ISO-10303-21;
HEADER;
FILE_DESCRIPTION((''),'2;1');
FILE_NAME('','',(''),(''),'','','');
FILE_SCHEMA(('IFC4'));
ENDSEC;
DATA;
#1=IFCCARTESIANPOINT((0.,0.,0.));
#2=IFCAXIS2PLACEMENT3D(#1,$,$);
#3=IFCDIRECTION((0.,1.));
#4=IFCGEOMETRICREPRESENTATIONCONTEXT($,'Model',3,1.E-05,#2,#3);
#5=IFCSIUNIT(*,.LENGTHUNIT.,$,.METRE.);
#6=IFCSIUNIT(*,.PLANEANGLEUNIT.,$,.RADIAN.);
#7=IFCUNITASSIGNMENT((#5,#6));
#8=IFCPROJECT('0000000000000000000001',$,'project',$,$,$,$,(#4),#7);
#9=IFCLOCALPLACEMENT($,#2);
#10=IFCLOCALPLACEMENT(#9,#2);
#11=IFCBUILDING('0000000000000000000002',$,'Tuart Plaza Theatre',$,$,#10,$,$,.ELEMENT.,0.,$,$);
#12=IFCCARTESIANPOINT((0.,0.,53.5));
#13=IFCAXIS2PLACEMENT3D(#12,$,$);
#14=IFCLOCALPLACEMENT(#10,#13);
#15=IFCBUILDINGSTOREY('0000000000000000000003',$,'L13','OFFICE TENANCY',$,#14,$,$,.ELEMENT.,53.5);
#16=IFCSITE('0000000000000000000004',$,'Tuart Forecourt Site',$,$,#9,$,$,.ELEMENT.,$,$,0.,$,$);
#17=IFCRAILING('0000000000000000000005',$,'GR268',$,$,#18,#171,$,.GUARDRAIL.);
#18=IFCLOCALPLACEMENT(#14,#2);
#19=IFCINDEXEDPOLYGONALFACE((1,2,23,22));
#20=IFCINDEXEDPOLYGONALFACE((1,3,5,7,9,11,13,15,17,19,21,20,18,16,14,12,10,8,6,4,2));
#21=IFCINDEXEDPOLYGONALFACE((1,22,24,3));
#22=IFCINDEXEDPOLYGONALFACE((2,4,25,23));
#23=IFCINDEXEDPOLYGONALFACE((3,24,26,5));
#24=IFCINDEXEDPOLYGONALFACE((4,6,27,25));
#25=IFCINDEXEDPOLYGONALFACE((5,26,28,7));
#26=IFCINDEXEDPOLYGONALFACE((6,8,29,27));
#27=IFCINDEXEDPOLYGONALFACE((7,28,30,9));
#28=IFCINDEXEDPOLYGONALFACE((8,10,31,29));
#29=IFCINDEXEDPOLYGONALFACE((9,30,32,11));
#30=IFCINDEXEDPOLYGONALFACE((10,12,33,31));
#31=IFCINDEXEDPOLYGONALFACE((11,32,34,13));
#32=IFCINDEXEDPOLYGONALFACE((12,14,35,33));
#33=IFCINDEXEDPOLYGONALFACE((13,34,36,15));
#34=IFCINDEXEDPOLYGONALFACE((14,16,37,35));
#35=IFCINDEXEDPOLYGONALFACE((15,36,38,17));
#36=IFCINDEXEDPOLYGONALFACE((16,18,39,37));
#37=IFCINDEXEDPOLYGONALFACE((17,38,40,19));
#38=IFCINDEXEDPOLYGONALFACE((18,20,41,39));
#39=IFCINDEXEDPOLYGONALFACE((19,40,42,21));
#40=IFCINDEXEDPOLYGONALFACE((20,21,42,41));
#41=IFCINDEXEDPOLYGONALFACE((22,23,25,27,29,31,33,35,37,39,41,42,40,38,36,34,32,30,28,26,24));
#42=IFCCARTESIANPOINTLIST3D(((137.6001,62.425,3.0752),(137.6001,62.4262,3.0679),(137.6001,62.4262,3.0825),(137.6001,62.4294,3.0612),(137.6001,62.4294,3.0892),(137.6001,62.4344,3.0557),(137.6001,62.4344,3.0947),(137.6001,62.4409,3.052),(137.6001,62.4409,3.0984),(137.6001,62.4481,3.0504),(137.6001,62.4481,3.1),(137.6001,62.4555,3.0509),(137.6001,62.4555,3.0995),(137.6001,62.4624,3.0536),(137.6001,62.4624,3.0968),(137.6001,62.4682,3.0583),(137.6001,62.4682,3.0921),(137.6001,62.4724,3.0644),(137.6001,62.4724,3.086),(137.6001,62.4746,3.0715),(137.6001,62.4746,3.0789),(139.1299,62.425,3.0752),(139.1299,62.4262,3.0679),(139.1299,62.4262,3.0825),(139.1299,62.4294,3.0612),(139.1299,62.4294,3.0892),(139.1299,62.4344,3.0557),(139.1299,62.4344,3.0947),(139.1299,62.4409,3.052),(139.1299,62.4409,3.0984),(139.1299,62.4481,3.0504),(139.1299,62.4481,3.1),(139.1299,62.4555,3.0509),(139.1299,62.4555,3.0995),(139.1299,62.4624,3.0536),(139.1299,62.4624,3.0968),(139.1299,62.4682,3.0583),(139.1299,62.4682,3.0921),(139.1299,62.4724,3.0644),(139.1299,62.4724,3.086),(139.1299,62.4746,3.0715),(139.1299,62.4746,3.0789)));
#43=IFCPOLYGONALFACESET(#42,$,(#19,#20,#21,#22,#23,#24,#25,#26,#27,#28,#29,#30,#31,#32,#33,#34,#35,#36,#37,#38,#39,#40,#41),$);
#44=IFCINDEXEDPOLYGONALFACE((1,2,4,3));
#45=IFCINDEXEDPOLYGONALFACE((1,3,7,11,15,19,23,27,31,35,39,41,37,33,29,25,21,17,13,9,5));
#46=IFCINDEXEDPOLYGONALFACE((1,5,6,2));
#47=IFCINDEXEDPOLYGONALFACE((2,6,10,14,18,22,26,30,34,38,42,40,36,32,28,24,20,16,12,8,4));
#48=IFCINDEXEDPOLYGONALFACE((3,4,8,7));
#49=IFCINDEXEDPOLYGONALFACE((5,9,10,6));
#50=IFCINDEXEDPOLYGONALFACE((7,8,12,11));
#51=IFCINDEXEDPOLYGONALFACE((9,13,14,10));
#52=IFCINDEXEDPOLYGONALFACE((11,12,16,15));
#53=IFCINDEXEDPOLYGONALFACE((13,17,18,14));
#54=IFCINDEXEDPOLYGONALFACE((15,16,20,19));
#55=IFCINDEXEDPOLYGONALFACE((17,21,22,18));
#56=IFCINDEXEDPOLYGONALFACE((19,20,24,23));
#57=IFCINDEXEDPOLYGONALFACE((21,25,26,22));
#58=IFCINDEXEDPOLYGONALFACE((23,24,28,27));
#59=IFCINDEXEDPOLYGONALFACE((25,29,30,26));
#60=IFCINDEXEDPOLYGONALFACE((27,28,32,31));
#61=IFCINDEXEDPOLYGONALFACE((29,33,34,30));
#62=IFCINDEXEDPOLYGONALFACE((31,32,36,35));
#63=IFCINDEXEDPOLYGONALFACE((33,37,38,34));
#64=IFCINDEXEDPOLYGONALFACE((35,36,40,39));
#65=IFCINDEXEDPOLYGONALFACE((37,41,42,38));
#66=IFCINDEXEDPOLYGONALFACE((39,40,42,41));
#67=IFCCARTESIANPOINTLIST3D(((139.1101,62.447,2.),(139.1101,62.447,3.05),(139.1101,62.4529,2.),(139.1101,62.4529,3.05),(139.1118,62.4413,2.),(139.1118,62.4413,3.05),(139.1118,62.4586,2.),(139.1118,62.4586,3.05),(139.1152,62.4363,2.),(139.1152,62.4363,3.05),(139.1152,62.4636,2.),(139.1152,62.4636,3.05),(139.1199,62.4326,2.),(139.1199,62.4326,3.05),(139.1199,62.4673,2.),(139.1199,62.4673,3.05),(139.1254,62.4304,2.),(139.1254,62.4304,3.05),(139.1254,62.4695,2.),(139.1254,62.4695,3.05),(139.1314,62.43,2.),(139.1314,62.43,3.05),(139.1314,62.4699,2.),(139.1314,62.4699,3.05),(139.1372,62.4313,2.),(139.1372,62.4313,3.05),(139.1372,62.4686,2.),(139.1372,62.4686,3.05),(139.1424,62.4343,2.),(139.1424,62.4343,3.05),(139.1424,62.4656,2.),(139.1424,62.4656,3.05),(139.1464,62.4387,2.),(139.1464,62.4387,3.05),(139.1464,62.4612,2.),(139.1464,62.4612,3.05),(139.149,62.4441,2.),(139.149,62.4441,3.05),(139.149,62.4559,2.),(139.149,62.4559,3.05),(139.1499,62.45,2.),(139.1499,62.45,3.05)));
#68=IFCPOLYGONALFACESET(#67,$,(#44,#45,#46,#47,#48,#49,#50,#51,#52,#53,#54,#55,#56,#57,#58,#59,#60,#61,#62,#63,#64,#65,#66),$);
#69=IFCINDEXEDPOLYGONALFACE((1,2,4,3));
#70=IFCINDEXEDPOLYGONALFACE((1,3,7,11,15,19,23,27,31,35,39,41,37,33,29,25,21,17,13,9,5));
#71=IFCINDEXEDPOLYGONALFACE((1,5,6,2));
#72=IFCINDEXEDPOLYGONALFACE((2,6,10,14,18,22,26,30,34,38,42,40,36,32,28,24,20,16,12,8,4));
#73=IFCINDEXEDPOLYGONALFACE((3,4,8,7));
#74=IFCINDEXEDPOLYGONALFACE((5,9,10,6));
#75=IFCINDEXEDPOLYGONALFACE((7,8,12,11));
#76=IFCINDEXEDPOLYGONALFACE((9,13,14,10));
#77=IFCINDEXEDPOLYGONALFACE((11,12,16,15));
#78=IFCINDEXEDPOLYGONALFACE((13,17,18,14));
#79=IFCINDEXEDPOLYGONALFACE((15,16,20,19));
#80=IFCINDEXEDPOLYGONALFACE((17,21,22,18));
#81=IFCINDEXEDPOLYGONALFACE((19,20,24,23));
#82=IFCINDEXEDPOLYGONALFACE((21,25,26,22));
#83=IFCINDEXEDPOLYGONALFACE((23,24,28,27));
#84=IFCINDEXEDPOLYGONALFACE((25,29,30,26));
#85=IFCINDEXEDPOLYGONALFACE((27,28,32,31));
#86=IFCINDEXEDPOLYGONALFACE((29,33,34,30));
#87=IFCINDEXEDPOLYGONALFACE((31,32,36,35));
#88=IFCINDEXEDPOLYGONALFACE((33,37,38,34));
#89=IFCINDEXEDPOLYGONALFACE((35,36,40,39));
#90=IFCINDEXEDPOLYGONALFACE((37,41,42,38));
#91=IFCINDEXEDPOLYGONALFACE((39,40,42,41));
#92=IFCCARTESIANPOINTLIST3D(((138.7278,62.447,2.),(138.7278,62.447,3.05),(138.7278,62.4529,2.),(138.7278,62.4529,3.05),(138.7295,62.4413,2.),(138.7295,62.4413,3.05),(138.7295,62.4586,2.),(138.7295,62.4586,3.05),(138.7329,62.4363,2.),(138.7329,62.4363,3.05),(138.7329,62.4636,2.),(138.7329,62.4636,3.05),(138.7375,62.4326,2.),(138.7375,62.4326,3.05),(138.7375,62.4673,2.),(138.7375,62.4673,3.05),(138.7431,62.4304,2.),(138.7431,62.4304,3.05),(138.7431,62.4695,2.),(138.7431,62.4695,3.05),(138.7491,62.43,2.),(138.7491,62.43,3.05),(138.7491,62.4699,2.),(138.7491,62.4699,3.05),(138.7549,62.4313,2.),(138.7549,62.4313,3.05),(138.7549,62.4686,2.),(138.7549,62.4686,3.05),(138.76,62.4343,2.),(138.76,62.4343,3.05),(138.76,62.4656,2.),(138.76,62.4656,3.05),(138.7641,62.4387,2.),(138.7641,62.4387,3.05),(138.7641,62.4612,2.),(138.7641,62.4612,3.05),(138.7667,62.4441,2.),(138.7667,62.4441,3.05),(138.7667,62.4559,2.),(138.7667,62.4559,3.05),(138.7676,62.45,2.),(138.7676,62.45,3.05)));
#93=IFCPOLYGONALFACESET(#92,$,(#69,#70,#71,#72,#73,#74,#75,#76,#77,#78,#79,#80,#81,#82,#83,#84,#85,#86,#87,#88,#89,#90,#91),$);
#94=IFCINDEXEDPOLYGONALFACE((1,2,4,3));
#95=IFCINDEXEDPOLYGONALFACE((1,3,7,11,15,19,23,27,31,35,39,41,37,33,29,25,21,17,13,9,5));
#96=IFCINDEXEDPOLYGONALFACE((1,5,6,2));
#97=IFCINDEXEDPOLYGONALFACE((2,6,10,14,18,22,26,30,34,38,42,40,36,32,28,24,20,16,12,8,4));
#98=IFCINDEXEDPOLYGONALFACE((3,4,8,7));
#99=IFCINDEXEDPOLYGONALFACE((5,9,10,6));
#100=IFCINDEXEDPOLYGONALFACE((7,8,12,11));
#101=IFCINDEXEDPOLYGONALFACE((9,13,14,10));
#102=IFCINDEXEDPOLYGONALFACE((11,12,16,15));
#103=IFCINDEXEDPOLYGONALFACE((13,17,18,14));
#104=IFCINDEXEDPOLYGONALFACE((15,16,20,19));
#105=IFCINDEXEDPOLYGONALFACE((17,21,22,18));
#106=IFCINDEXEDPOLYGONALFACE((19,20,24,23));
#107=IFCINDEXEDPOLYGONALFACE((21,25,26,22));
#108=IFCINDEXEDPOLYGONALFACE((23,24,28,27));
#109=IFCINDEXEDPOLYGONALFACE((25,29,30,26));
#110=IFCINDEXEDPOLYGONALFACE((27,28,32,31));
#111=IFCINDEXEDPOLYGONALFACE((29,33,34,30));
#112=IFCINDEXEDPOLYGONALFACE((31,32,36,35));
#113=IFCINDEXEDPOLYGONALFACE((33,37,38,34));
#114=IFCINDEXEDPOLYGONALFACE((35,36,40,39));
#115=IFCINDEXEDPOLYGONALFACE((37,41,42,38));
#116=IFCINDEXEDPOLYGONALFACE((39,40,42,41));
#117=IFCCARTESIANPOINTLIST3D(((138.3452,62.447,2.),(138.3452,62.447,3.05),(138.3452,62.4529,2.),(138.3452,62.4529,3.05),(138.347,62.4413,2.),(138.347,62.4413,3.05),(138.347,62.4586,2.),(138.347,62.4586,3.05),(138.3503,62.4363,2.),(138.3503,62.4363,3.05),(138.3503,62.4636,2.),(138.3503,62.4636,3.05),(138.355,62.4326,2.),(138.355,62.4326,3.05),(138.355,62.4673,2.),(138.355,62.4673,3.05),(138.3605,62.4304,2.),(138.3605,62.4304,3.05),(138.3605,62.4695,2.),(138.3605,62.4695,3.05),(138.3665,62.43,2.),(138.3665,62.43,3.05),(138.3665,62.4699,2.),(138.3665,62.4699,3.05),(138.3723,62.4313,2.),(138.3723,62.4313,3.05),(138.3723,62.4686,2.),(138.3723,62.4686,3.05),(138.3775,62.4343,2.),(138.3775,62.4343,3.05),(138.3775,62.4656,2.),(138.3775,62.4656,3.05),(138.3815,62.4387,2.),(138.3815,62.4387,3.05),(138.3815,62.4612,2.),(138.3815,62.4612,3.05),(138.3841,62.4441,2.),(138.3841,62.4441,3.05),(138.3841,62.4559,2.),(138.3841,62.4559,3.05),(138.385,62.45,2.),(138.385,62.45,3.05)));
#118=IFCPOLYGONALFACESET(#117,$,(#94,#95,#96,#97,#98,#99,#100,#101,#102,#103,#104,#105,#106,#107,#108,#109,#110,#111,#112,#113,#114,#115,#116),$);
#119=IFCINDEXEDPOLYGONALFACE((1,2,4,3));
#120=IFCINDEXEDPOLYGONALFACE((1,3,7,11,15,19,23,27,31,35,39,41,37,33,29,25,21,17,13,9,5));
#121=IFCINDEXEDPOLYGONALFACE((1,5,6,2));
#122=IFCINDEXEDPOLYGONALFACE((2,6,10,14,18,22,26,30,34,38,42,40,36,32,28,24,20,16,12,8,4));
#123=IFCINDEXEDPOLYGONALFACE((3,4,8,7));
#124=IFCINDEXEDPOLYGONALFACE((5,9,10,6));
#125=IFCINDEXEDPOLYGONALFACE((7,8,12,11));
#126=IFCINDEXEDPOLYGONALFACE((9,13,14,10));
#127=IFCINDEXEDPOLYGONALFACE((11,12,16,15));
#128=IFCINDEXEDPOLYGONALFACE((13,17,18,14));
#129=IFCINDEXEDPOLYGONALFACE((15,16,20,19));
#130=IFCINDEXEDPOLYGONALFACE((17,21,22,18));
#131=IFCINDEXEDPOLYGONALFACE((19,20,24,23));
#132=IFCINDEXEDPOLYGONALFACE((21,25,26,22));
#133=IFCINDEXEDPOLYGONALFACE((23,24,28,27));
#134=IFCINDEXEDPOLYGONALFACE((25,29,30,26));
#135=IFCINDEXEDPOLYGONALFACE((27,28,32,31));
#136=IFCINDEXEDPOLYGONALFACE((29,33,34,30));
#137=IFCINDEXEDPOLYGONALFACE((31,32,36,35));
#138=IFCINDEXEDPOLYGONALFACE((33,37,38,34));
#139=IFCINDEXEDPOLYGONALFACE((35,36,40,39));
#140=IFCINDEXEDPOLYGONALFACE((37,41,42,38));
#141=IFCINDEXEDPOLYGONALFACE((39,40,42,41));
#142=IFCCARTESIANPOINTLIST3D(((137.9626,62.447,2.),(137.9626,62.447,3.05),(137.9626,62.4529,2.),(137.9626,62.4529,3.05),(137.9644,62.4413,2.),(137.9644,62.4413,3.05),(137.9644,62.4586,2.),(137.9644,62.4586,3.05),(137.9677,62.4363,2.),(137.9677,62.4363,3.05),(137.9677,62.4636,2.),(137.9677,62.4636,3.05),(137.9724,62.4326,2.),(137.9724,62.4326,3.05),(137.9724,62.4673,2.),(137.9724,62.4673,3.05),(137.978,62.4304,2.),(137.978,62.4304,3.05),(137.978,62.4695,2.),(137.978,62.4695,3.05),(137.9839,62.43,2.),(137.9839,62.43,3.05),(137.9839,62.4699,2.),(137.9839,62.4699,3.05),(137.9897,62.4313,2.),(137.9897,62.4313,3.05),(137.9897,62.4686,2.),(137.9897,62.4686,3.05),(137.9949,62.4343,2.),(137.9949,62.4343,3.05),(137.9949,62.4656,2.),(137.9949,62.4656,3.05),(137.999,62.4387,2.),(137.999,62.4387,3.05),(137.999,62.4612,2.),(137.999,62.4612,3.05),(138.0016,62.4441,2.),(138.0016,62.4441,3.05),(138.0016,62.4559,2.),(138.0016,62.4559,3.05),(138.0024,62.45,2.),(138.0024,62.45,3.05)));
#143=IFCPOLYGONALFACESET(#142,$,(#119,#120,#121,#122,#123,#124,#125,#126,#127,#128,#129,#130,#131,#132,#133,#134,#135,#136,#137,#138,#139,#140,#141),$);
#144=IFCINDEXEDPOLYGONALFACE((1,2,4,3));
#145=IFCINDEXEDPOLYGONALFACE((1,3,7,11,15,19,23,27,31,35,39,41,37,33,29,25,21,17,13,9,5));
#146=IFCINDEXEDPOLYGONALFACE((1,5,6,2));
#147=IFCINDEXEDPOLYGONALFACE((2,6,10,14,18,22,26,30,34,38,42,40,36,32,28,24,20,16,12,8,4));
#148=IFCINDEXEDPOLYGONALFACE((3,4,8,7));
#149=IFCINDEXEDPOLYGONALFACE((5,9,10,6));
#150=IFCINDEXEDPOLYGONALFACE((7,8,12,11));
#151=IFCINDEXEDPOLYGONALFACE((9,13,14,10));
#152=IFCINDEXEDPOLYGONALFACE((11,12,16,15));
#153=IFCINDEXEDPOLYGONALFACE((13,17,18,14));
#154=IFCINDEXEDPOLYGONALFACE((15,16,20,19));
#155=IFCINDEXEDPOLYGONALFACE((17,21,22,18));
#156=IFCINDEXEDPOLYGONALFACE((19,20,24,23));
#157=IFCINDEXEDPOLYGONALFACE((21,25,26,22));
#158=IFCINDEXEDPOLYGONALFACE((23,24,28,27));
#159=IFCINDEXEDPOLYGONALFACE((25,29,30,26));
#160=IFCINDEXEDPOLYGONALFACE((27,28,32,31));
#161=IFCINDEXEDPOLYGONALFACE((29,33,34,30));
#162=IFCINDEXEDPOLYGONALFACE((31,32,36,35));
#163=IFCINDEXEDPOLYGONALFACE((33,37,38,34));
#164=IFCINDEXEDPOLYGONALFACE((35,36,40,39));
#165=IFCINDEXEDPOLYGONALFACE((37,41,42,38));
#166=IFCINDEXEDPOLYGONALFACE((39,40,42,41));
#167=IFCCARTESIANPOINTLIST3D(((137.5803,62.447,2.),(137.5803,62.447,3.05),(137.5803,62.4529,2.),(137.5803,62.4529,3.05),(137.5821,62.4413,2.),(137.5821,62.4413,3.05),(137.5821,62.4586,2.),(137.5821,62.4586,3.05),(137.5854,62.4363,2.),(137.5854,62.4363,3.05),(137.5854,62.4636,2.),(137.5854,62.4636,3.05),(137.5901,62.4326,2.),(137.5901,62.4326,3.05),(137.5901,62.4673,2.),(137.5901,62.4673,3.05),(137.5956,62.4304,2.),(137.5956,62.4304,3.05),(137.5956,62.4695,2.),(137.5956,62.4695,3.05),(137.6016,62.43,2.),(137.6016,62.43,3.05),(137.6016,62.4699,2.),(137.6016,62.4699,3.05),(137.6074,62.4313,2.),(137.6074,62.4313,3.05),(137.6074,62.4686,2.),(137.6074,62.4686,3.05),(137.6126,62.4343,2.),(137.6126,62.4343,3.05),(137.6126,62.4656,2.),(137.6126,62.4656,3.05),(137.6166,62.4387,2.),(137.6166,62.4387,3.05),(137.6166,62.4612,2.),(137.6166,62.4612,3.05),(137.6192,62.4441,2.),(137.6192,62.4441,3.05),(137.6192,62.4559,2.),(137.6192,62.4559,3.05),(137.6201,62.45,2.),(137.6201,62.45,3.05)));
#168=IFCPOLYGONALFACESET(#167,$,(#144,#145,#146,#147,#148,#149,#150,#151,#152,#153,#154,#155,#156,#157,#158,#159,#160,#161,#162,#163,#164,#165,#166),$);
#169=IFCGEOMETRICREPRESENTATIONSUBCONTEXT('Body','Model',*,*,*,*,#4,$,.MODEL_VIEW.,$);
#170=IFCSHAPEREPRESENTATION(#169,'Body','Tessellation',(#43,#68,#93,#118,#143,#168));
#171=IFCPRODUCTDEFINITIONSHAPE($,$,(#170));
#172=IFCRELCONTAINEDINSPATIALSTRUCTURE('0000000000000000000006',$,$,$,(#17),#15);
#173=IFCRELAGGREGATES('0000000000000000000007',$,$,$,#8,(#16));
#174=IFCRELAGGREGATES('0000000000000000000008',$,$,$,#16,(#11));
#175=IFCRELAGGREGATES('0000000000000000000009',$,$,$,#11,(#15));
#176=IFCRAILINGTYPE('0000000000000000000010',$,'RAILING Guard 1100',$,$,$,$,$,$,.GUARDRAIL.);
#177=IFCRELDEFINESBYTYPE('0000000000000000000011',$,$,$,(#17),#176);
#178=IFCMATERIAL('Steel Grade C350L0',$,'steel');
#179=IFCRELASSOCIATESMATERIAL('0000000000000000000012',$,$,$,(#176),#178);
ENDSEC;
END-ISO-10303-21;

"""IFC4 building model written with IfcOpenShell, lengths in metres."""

from ifc_helpers import new_model, si_unit, direction, frame, origin, origin_2d, place, context, subcontext, project, spatial, circle, extrude, material, type_object, element, save


model = new_model("IFC4")

# Units and contexts
model_context = context("Model", 3, precision=1e-05, world=origin(), true_north=direction((0.0, 1.0)))
body_context = subcontext(model_context, "Body", "Model", "MODEL_VIEW")
ifc_project = project(units=[si_unit("LENGTHUNIT", "METRE"), si_unit("PLANEANGLEUNIT", "RADIAN")], contexts=[model_context])

# Site, building, storey
site_placement = place(None, origin())
site = spatial("IfcSite", under=ifc_project, at=site_placement, Name="Tuart Forecourt Site", CompositionType="ELEMENT", RefElevation=0.0)
building_placement = place(site_placement, origin())
building = spatial("IfcBuilding", under=site, at=building_placement, Name="Tuart Plaza Theatre", CompositionType="ELEMENT", ElevationOfRefHeight=0.0)
storey_placement = place(building_placement, frame((0.0, 0.0, 53.5)))
storey = spatial("IfcBuildingStorey", under=building, at=storey_placement, Name="L13", Description="OFFICE TENANCY", CompositionType="ELEMENT", Elevation=53.5)

# Railing
ifc_material_1 = material(Name="Steel Grade C350L0", Category="steel")
railing_type_1 = type_object("IfcRailingType", Name="RAILING Guard 1100", PredefinedType="GUARDRAIL", material=ifc_material_1)
railing_1_placement = place(storey_placement, frame((139.1299, 62.45, 2.0)))
element("IfcRailing", 1, at=railing_1_placement, inside=storey, type_object=railing_type_1, Name="GR268", PredefinedType="GUARDRAIL", context=body_context, shape_type="SweptSolid", body=[
    extrude(circle(Radius=0.0249, at=origin_2d()), frame((0.0, 0.0, 1.0752), z_axis=(-1.0, 0.0, 0.0), x_axis=(0.0, -1.0, 0.0)), (0.0, 0.0, 1.0), 1.5298),
    extrude(circle(Radius=0.02, at=origin_2d()), origin(), (0.0, 0.0, 1.0), 1.05),
    extrude(circle(Radius=0.02, at=origin_2d()), frame((-0.3823, 0.0, 0.0)), (0.0, 0.0, 1.0), 1.05),
    extrude(circle(Radius=0.02, at=origin_2d()), frame((-0.7649, 0.0, 0.0)), (0.0, 0.0, 1.0), 1.05),
    extrude(circle(Radius=0.02, at=origin_2d()), frame((-1.1475, 0.0, 0.0)), (0.0, 0.0, 1.0), 1.05),
    extrude(circle(Radius=0.02, at=origin_2d()), frame((-1.5298, 0.0, 0.0)), (0.0, 0.0, 1.0), 1.05),
])

save(model, "model.ifc")
